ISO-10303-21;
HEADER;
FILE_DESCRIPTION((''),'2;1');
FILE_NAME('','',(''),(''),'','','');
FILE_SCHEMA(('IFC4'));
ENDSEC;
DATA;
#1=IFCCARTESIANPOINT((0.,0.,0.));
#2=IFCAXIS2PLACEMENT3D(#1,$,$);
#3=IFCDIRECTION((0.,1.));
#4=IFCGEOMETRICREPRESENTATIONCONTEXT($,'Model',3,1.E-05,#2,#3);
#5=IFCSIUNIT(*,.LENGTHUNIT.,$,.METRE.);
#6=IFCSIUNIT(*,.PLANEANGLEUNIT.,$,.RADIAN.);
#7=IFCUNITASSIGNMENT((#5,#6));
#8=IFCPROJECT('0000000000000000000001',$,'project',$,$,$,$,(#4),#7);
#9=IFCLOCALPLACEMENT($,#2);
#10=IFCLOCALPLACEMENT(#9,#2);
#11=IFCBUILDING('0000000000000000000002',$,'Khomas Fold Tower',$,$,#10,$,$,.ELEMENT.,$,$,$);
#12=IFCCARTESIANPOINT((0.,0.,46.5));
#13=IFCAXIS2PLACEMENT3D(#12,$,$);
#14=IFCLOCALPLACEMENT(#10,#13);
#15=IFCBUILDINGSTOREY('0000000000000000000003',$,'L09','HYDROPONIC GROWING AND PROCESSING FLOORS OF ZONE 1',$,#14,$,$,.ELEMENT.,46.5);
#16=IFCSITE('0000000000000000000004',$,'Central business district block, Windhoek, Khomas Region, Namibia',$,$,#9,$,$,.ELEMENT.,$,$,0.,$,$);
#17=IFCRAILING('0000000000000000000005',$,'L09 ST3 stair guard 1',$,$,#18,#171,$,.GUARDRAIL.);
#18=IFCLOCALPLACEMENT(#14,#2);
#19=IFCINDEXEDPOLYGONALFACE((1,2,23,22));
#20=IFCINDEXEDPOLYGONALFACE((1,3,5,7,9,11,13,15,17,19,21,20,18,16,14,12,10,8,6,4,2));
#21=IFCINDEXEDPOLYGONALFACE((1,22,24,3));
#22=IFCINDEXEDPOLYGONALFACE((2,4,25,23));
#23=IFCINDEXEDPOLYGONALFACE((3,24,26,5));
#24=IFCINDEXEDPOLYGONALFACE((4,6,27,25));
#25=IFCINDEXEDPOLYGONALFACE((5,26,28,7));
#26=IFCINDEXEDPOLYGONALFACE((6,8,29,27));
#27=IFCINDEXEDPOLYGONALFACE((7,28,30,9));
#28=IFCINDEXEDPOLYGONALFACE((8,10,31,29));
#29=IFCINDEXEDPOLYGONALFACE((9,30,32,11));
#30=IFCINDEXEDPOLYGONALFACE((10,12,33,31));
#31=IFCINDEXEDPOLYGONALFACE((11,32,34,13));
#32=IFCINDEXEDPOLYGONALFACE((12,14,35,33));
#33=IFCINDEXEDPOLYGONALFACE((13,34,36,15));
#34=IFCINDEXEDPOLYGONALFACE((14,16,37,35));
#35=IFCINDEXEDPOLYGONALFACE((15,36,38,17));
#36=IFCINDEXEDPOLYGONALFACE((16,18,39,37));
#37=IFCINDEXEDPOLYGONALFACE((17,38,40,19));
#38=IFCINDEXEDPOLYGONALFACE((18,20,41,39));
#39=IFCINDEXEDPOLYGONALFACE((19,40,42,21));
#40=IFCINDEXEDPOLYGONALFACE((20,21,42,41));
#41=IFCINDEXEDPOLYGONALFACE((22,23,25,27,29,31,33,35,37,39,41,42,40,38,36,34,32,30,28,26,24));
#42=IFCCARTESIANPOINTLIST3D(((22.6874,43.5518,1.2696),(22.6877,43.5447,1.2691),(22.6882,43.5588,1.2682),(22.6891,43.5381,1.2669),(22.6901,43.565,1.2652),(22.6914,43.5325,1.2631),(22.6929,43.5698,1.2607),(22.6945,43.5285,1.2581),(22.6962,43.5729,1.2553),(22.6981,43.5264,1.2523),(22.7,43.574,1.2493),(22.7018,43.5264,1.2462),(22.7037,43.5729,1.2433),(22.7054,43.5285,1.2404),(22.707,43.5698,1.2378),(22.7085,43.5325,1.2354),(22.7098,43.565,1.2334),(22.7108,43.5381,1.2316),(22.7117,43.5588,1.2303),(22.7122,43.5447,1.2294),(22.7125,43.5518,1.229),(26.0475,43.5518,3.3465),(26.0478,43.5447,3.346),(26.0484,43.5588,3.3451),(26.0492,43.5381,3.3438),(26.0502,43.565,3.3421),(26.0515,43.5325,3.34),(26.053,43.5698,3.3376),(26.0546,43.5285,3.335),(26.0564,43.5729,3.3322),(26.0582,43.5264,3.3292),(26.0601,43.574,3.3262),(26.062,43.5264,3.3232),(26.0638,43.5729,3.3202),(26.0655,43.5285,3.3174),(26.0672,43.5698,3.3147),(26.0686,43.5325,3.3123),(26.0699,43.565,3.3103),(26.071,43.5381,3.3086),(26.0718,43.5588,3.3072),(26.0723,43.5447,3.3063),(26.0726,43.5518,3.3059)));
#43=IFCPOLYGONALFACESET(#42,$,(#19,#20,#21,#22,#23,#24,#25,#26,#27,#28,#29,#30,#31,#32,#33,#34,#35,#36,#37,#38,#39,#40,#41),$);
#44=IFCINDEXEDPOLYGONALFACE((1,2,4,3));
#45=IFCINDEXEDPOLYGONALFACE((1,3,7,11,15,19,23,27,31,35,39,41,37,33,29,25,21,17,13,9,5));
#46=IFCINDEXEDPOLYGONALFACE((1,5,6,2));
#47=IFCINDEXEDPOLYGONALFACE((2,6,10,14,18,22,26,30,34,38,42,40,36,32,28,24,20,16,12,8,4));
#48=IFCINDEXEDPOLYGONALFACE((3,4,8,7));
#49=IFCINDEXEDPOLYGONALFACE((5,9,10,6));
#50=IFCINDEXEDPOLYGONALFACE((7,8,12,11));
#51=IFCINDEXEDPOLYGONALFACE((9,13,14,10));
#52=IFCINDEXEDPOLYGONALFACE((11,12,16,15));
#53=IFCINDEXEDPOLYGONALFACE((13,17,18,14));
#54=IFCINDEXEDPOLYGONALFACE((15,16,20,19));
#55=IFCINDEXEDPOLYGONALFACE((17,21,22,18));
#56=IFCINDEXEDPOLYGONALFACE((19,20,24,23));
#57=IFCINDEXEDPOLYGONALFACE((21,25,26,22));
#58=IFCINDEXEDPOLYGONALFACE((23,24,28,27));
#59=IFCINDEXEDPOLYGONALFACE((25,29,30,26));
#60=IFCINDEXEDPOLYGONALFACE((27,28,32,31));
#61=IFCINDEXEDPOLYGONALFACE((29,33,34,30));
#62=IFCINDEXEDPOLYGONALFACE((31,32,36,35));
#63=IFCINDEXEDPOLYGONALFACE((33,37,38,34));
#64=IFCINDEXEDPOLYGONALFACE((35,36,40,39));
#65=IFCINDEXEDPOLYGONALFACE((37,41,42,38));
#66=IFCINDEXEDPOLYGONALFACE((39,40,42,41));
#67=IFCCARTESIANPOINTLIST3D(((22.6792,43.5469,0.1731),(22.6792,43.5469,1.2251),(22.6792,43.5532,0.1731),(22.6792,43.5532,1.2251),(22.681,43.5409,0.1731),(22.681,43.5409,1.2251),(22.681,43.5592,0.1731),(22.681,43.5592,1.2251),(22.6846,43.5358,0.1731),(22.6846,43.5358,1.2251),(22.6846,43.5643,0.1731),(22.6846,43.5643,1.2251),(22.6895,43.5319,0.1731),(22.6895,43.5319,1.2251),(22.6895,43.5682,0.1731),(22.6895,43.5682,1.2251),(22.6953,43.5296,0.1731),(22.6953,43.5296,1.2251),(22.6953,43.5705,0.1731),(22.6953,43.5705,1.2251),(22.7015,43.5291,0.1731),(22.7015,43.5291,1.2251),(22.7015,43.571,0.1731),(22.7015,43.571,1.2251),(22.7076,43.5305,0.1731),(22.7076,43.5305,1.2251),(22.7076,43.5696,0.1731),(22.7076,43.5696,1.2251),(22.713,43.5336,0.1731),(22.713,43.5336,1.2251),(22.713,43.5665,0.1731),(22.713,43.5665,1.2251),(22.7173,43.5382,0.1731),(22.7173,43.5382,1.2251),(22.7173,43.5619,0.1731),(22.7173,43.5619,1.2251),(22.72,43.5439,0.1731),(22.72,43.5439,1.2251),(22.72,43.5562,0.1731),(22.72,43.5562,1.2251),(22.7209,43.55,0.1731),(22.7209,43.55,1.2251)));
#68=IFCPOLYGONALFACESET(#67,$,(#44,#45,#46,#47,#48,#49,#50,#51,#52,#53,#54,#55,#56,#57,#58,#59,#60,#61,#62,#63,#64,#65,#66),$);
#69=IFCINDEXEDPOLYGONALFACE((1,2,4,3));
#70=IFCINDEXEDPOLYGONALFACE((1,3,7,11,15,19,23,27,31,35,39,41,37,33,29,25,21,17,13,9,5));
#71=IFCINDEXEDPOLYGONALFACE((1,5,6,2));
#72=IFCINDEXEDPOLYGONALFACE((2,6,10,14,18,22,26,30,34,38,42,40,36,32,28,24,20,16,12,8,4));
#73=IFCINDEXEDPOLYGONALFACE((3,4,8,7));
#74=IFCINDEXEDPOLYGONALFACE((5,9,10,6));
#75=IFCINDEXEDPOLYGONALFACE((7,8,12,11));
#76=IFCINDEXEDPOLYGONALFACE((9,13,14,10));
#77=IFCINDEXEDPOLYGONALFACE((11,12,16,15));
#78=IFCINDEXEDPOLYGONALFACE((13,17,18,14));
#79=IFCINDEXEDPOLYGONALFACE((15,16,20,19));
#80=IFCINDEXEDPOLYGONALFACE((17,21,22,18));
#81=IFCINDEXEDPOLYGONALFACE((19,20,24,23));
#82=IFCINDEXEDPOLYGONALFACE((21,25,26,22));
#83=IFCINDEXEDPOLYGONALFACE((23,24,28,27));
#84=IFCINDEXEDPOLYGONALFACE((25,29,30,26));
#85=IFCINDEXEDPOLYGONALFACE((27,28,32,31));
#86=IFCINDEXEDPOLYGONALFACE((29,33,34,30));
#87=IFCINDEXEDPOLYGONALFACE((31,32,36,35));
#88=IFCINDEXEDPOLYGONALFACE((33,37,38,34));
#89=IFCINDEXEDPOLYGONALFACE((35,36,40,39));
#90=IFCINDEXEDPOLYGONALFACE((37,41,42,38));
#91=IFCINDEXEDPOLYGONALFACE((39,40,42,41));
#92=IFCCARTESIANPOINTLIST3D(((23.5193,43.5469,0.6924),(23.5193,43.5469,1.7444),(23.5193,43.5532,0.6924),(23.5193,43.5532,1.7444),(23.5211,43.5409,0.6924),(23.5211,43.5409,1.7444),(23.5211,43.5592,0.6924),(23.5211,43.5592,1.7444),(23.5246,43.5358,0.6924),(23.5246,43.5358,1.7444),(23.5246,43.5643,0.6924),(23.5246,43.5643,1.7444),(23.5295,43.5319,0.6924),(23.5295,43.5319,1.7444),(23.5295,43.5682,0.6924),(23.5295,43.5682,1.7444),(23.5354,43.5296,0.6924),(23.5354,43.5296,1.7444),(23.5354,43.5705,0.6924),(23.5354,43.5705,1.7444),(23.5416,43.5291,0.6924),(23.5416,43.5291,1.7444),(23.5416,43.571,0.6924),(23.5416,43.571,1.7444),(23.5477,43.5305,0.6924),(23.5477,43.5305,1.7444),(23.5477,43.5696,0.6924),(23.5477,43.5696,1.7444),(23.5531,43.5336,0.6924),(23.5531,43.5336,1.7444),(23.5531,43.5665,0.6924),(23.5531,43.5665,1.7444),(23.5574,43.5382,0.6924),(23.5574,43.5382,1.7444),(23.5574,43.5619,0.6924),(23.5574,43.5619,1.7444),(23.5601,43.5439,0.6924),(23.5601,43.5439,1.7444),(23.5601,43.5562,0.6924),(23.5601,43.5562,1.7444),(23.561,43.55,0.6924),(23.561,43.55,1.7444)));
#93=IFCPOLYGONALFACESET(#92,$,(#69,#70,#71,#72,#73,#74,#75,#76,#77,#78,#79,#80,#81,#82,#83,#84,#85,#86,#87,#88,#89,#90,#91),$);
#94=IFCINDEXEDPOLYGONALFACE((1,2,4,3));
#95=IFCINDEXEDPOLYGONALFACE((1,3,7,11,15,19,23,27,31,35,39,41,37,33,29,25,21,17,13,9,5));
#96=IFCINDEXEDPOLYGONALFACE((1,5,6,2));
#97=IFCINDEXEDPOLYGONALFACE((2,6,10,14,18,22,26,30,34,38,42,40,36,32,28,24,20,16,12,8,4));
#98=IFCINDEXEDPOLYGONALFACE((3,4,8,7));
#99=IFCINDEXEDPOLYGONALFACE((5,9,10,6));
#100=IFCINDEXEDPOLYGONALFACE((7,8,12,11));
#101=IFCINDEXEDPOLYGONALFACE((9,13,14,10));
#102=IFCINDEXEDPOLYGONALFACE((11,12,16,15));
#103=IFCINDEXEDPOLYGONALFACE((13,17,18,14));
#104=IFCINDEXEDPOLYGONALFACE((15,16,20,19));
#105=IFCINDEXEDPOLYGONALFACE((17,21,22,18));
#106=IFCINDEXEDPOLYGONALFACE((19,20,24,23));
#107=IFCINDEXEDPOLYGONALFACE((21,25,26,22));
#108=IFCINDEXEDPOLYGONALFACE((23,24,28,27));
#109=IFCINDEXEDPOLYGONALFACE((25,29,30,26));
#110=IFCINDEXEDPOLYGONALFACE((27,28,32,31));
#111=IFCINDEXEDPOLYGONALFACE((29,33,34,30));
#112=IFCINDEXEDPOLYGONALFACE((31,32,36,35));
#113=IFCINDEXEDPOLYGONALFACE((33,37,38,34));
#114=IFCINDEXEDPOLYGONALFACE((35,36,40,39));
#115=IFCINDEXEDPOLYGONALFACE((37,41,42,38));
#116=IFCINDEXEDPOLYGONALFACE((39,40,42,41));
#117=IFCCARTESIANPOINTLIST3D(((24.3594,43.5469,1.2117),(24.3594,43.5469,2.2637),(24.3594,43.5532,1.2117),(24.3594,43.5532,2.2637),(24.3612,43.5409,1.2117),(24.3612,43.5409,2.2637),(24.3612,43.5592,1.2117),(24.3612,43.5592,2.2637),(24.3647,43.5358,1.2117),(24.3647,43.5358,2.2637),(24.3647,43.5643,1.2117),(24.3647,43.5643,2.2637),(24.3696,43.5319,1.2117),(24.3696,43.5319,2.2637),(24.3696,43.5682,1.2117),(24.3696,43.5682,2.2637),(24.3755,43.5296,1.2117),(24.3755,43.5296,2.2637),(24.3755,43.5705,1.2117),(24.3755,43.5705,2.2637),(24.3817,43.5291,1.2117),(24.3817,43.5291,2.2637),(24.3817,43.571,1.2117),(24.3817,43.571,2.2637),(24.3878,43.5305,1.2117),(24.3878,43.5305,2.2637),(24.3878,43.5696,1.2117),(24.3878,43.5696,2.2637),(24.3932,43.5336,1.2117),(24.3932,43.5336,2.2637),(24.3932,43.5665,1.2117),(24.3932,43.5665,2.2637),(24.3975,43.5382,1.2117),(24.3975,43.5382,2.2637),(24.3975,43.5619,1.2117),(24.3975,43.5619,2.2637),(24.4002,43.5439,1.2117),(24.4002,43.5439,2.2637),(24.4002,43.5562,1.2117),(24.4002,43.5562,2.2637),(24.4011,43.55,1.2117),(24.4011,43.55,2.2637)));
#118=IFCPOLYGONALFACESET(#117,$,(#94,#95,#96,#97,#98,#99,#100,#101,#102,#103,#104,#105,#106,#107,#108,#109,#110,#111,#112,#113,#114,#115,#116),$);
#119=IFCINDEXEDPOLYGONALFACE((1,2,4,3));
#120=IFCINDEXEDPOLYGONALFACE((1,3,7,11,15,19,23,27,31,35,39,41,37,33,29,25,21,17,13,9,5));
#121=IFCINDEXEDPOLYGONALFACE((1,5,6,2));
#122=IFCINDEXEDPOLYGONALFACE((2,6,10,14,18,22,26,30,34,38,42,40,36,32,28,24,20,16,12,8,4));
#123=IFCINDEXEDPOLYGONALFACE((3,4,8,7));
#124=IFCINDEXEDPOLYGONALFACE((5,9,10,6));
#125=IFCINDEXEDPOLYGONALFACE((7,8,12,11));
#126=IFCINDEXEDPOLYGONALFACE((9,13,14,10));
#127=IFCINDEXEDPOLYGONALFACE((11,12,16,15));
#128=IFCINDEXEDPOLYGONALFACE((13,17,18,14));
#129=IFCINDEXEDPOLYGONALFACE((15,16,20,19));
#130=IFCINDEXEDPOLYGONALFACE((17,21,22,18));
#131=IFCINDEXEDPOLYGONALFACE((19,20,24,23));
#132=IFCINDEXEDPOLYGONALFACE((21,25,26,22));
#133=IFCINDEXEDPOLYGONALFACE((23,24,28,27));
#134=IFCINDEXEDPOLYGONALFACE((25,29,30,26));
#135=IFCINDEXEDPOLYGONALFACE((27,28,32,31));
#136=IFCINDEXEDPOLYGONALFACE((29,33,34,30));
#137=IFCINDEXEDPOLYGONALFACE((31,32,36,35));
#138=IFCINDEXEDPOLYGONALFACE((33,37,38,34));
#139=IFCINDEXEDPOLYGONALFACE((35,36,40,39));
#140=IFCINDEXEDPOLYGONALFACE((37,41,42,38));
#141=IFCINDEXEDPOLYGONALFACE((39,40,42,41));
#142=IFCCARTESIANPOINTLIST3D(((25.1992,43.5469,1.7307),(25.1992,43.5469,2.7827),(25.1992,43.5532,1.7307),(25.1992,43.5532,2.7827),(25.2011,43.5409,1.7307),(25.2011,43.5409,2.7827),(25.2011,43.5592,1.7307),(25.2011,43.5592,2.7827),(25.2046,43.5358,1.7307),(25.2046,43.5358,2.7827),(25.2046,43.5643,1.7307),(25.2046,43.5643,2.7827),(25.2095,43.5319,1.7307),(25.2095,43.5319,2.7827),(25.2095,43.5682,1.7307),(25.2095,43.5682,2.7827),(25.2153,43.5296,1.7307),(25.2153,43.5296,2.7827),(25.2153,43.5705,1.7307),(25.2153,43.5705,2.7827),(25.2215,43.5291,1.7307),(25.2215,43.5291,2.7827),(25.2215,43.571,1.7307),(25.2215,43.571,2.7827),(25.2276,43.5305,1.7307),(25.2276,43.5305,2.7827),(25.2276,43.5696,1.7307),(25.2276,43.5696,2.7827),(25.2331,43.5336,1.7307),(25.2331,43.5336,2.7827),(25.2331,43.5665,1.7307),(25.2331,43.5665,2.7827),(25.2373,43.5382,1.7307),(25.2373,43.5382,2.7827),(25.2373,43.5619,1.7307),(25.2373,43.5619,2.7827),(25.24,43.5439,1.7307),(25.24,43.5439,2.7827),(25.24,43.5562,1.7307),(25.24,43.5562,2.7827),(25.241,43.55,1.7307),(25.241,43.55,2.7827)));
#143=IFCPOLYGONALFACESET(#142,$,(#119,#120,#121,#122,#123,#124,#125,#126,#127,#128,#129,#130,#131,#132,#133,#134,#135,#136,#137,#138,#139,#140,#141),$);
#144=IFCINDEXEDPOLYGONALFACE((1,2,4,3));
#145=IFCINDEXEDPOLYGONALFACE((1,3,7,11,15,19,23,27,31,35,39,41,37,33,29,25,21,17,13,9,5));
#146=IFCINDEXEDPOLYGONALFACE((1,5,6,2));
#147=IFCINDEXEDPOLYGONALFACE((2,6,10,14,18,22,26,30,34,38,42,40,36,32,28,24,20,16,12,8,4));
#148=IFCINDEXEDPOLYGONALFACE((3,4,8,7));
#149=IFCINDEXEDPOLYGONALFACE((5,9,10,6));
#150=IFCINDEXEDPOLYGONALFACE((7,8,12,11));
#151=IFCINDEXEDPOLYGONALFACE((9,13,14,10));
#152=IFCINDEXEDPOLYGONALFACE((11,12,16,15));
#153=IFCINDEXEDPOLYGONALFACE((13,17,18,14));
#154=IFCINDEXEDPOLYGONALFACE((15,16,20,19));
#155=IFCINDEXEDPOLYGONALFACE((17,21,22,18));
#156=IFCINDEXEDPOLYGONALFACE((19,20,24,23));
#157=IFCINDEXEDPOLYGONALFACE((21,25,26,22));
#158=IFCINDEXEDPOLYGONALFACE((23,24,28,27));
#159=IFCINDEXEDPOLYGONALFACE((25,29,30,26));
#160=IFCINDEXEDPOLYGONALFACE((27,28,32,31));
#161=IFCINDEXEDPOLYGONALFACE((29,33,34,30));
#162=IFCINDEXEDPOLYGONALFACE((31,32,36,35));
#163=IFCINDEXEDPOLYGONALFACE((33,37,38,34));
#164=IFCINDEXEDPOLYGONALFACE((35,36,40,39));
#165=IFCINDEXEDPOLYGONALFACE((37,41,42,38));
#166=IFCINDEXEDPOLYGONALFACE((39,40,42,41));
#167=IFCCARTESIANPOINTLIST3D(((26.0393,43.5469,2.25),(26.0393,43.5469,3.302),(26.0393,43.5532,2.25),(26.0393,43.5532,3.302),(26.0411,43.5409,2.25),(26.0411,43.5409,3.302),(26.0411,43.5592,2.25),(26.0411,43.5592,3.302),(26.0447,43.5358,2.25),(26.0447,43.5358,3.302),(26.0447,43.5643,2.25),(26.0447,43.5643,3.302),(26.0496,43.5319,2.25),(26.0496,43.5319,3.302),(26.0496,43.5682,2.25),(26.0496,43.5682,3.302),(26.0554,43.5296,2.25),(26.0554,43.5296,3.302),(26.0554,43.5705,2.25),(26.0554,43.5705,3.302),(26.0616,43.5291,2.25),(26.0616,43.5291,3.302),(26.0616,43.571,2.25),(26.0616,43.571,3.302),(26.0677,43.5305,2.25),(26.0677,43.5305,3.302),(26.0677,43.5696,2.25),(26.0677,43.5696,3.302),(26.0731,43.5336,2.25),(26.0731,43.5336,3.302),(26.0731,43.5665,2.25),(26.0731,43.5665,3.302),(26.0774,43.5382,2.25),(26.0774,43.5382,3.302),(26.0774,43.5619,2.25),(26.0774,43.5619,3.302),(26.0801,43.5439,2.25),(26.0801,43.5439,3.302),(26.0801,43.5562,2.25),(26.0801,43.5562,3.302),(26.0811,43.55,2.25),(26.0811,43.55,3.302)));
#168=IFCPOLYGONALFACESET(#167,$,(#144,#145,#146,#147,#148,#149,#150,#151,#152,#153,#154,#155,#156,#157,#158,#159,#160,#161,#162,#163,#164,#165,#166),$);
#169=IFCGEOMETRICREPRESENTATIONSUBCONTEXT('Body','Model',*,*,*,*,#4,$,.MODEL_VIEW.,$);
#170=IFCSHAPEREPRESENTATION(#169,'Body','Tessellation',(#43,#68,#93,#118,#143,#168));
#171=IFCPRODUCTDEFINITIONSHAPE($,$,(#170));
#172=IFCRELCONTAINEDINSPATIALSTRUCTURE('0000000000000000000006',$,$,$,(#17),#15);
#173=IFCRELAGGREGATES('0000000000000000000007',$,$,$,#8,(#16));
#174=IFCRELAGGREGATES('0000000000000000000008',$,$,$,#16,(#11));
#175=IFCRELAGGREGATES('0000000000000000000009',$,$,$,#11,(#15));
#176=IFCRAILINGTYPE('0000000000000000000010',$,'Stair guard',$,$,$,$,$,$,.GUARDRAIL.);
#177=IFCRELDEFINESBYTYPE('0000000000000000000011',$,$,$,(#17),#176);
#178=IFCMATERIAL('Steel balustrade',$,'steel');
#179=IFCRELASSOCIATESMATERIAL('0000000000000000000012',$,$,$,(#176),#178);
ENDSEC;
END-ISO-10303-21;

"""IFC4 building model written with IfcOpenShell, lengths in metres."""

from ifc_helpers import new_model, si_unit, direction, frame, origin, origin_2d, place, context, subcontext, project, spatial, circle, extrude, source, transform, mapped, material, type_object, element, save


model = new_model("IFC4")

# Units and contexts
model_context = context("Model", 3, precision=1e-05, world=origin(), true_north=direction((0.0, 1.0)))
body_context = subcontext(model_context, "Body", "Model", "MODEL_VIEW")
ifc_project = project(units=[si_unit("LENGTHUNIT", "METRE"), si_unit("PLANEANGLEUNIT", "RADIAN")], contexts=[model_context])

# Site, building, storey
site_placement = place(None, origin())
site = spatial("IfcSite", under=ifc_project, at=site_placement, Name="Central business district block, Windhoek, Khomas Region, Namibia", CompositionType="ELEMENT", RefElevation=0.0)
building_placement = place(site_placement, origin())
building = spatial("IfcBuilding", under=site, at=building_placement, Name="Khomas Fold Tower", CompositionType="ELEMENT")
storey_placement = place(building_placement, frame((0.0, 0.0, 46.5)))
storey = spatial("IfcBuildingStorey", under=building, at=storey_placement, Name="L09", Description="HYDROPONIC GROWING AND PROCESSING FLOORS OF ZONE 1", CompositionType="ELEMENT", Elevation=46.5)

# Railing
ifc_material_1 = material(Name="Steel balustrade", Category="steel")
railing_type_1 = type_object("IfcRailingType", Name="Stair guard", PredefinedType="GUARDRAIL", material=ifc_material_1)
shared_shape_1 = source(origin(), body_context, "Body", "SweptSolid", [
    extrude(circle(Radius=0.0239, at=origin_2d()), frame((0.0, 0.0, 1.0762), z_axis=(0.850623, 0.0, 0.525776), x_axis=(0.0, 1.0, 0.0)), (0.0, 0.0, 1.0), 3.9502),
    extrude(circle(Radius=0.021, at=origin_2d()), origin(), (0.0, 0.0, 1.0), 1.052),
    extrude(circle(Radius=0.021, at=origin_2d()), frame((0.8401, 0.0, 0.5193)), (0.0, 0.0, 1.0), 1.052),
    extrude(circle(Radius=0.021, at=origin_2d()), frame((1.6802, 0.0, 1.0386)), (0.0, 0.0, 1.0), 1.052),
    extrude(circle(Radius=0.021, at=origin_2d()), frame((2.52, 0.0, 1.5576)), (0.0, 0.0, 1.0), 1.052),
    extrude(circle(Radius=0.021, at=origin_2d()), frame((3.3601, 0.0, 2.0769)), (0.0, 0.0, 1.0), 1.052),
])
railing_1_placement = place(storey_placement, frame((22.7, 43.55, 0.1731)))
element("IfcRailing", 1, at=railing_1_placement, inside=storey, type_object=railing_type_1, Name="L09 ST3 stair guard 1", PredefinedType="GUARDRAIL", context=body_context, shape_type="MappedRepresentation", body=[
    mapped(shared_shape_1, transform((0.0, 0.0, 0.0))),
])

save(model, "model.ifc")
